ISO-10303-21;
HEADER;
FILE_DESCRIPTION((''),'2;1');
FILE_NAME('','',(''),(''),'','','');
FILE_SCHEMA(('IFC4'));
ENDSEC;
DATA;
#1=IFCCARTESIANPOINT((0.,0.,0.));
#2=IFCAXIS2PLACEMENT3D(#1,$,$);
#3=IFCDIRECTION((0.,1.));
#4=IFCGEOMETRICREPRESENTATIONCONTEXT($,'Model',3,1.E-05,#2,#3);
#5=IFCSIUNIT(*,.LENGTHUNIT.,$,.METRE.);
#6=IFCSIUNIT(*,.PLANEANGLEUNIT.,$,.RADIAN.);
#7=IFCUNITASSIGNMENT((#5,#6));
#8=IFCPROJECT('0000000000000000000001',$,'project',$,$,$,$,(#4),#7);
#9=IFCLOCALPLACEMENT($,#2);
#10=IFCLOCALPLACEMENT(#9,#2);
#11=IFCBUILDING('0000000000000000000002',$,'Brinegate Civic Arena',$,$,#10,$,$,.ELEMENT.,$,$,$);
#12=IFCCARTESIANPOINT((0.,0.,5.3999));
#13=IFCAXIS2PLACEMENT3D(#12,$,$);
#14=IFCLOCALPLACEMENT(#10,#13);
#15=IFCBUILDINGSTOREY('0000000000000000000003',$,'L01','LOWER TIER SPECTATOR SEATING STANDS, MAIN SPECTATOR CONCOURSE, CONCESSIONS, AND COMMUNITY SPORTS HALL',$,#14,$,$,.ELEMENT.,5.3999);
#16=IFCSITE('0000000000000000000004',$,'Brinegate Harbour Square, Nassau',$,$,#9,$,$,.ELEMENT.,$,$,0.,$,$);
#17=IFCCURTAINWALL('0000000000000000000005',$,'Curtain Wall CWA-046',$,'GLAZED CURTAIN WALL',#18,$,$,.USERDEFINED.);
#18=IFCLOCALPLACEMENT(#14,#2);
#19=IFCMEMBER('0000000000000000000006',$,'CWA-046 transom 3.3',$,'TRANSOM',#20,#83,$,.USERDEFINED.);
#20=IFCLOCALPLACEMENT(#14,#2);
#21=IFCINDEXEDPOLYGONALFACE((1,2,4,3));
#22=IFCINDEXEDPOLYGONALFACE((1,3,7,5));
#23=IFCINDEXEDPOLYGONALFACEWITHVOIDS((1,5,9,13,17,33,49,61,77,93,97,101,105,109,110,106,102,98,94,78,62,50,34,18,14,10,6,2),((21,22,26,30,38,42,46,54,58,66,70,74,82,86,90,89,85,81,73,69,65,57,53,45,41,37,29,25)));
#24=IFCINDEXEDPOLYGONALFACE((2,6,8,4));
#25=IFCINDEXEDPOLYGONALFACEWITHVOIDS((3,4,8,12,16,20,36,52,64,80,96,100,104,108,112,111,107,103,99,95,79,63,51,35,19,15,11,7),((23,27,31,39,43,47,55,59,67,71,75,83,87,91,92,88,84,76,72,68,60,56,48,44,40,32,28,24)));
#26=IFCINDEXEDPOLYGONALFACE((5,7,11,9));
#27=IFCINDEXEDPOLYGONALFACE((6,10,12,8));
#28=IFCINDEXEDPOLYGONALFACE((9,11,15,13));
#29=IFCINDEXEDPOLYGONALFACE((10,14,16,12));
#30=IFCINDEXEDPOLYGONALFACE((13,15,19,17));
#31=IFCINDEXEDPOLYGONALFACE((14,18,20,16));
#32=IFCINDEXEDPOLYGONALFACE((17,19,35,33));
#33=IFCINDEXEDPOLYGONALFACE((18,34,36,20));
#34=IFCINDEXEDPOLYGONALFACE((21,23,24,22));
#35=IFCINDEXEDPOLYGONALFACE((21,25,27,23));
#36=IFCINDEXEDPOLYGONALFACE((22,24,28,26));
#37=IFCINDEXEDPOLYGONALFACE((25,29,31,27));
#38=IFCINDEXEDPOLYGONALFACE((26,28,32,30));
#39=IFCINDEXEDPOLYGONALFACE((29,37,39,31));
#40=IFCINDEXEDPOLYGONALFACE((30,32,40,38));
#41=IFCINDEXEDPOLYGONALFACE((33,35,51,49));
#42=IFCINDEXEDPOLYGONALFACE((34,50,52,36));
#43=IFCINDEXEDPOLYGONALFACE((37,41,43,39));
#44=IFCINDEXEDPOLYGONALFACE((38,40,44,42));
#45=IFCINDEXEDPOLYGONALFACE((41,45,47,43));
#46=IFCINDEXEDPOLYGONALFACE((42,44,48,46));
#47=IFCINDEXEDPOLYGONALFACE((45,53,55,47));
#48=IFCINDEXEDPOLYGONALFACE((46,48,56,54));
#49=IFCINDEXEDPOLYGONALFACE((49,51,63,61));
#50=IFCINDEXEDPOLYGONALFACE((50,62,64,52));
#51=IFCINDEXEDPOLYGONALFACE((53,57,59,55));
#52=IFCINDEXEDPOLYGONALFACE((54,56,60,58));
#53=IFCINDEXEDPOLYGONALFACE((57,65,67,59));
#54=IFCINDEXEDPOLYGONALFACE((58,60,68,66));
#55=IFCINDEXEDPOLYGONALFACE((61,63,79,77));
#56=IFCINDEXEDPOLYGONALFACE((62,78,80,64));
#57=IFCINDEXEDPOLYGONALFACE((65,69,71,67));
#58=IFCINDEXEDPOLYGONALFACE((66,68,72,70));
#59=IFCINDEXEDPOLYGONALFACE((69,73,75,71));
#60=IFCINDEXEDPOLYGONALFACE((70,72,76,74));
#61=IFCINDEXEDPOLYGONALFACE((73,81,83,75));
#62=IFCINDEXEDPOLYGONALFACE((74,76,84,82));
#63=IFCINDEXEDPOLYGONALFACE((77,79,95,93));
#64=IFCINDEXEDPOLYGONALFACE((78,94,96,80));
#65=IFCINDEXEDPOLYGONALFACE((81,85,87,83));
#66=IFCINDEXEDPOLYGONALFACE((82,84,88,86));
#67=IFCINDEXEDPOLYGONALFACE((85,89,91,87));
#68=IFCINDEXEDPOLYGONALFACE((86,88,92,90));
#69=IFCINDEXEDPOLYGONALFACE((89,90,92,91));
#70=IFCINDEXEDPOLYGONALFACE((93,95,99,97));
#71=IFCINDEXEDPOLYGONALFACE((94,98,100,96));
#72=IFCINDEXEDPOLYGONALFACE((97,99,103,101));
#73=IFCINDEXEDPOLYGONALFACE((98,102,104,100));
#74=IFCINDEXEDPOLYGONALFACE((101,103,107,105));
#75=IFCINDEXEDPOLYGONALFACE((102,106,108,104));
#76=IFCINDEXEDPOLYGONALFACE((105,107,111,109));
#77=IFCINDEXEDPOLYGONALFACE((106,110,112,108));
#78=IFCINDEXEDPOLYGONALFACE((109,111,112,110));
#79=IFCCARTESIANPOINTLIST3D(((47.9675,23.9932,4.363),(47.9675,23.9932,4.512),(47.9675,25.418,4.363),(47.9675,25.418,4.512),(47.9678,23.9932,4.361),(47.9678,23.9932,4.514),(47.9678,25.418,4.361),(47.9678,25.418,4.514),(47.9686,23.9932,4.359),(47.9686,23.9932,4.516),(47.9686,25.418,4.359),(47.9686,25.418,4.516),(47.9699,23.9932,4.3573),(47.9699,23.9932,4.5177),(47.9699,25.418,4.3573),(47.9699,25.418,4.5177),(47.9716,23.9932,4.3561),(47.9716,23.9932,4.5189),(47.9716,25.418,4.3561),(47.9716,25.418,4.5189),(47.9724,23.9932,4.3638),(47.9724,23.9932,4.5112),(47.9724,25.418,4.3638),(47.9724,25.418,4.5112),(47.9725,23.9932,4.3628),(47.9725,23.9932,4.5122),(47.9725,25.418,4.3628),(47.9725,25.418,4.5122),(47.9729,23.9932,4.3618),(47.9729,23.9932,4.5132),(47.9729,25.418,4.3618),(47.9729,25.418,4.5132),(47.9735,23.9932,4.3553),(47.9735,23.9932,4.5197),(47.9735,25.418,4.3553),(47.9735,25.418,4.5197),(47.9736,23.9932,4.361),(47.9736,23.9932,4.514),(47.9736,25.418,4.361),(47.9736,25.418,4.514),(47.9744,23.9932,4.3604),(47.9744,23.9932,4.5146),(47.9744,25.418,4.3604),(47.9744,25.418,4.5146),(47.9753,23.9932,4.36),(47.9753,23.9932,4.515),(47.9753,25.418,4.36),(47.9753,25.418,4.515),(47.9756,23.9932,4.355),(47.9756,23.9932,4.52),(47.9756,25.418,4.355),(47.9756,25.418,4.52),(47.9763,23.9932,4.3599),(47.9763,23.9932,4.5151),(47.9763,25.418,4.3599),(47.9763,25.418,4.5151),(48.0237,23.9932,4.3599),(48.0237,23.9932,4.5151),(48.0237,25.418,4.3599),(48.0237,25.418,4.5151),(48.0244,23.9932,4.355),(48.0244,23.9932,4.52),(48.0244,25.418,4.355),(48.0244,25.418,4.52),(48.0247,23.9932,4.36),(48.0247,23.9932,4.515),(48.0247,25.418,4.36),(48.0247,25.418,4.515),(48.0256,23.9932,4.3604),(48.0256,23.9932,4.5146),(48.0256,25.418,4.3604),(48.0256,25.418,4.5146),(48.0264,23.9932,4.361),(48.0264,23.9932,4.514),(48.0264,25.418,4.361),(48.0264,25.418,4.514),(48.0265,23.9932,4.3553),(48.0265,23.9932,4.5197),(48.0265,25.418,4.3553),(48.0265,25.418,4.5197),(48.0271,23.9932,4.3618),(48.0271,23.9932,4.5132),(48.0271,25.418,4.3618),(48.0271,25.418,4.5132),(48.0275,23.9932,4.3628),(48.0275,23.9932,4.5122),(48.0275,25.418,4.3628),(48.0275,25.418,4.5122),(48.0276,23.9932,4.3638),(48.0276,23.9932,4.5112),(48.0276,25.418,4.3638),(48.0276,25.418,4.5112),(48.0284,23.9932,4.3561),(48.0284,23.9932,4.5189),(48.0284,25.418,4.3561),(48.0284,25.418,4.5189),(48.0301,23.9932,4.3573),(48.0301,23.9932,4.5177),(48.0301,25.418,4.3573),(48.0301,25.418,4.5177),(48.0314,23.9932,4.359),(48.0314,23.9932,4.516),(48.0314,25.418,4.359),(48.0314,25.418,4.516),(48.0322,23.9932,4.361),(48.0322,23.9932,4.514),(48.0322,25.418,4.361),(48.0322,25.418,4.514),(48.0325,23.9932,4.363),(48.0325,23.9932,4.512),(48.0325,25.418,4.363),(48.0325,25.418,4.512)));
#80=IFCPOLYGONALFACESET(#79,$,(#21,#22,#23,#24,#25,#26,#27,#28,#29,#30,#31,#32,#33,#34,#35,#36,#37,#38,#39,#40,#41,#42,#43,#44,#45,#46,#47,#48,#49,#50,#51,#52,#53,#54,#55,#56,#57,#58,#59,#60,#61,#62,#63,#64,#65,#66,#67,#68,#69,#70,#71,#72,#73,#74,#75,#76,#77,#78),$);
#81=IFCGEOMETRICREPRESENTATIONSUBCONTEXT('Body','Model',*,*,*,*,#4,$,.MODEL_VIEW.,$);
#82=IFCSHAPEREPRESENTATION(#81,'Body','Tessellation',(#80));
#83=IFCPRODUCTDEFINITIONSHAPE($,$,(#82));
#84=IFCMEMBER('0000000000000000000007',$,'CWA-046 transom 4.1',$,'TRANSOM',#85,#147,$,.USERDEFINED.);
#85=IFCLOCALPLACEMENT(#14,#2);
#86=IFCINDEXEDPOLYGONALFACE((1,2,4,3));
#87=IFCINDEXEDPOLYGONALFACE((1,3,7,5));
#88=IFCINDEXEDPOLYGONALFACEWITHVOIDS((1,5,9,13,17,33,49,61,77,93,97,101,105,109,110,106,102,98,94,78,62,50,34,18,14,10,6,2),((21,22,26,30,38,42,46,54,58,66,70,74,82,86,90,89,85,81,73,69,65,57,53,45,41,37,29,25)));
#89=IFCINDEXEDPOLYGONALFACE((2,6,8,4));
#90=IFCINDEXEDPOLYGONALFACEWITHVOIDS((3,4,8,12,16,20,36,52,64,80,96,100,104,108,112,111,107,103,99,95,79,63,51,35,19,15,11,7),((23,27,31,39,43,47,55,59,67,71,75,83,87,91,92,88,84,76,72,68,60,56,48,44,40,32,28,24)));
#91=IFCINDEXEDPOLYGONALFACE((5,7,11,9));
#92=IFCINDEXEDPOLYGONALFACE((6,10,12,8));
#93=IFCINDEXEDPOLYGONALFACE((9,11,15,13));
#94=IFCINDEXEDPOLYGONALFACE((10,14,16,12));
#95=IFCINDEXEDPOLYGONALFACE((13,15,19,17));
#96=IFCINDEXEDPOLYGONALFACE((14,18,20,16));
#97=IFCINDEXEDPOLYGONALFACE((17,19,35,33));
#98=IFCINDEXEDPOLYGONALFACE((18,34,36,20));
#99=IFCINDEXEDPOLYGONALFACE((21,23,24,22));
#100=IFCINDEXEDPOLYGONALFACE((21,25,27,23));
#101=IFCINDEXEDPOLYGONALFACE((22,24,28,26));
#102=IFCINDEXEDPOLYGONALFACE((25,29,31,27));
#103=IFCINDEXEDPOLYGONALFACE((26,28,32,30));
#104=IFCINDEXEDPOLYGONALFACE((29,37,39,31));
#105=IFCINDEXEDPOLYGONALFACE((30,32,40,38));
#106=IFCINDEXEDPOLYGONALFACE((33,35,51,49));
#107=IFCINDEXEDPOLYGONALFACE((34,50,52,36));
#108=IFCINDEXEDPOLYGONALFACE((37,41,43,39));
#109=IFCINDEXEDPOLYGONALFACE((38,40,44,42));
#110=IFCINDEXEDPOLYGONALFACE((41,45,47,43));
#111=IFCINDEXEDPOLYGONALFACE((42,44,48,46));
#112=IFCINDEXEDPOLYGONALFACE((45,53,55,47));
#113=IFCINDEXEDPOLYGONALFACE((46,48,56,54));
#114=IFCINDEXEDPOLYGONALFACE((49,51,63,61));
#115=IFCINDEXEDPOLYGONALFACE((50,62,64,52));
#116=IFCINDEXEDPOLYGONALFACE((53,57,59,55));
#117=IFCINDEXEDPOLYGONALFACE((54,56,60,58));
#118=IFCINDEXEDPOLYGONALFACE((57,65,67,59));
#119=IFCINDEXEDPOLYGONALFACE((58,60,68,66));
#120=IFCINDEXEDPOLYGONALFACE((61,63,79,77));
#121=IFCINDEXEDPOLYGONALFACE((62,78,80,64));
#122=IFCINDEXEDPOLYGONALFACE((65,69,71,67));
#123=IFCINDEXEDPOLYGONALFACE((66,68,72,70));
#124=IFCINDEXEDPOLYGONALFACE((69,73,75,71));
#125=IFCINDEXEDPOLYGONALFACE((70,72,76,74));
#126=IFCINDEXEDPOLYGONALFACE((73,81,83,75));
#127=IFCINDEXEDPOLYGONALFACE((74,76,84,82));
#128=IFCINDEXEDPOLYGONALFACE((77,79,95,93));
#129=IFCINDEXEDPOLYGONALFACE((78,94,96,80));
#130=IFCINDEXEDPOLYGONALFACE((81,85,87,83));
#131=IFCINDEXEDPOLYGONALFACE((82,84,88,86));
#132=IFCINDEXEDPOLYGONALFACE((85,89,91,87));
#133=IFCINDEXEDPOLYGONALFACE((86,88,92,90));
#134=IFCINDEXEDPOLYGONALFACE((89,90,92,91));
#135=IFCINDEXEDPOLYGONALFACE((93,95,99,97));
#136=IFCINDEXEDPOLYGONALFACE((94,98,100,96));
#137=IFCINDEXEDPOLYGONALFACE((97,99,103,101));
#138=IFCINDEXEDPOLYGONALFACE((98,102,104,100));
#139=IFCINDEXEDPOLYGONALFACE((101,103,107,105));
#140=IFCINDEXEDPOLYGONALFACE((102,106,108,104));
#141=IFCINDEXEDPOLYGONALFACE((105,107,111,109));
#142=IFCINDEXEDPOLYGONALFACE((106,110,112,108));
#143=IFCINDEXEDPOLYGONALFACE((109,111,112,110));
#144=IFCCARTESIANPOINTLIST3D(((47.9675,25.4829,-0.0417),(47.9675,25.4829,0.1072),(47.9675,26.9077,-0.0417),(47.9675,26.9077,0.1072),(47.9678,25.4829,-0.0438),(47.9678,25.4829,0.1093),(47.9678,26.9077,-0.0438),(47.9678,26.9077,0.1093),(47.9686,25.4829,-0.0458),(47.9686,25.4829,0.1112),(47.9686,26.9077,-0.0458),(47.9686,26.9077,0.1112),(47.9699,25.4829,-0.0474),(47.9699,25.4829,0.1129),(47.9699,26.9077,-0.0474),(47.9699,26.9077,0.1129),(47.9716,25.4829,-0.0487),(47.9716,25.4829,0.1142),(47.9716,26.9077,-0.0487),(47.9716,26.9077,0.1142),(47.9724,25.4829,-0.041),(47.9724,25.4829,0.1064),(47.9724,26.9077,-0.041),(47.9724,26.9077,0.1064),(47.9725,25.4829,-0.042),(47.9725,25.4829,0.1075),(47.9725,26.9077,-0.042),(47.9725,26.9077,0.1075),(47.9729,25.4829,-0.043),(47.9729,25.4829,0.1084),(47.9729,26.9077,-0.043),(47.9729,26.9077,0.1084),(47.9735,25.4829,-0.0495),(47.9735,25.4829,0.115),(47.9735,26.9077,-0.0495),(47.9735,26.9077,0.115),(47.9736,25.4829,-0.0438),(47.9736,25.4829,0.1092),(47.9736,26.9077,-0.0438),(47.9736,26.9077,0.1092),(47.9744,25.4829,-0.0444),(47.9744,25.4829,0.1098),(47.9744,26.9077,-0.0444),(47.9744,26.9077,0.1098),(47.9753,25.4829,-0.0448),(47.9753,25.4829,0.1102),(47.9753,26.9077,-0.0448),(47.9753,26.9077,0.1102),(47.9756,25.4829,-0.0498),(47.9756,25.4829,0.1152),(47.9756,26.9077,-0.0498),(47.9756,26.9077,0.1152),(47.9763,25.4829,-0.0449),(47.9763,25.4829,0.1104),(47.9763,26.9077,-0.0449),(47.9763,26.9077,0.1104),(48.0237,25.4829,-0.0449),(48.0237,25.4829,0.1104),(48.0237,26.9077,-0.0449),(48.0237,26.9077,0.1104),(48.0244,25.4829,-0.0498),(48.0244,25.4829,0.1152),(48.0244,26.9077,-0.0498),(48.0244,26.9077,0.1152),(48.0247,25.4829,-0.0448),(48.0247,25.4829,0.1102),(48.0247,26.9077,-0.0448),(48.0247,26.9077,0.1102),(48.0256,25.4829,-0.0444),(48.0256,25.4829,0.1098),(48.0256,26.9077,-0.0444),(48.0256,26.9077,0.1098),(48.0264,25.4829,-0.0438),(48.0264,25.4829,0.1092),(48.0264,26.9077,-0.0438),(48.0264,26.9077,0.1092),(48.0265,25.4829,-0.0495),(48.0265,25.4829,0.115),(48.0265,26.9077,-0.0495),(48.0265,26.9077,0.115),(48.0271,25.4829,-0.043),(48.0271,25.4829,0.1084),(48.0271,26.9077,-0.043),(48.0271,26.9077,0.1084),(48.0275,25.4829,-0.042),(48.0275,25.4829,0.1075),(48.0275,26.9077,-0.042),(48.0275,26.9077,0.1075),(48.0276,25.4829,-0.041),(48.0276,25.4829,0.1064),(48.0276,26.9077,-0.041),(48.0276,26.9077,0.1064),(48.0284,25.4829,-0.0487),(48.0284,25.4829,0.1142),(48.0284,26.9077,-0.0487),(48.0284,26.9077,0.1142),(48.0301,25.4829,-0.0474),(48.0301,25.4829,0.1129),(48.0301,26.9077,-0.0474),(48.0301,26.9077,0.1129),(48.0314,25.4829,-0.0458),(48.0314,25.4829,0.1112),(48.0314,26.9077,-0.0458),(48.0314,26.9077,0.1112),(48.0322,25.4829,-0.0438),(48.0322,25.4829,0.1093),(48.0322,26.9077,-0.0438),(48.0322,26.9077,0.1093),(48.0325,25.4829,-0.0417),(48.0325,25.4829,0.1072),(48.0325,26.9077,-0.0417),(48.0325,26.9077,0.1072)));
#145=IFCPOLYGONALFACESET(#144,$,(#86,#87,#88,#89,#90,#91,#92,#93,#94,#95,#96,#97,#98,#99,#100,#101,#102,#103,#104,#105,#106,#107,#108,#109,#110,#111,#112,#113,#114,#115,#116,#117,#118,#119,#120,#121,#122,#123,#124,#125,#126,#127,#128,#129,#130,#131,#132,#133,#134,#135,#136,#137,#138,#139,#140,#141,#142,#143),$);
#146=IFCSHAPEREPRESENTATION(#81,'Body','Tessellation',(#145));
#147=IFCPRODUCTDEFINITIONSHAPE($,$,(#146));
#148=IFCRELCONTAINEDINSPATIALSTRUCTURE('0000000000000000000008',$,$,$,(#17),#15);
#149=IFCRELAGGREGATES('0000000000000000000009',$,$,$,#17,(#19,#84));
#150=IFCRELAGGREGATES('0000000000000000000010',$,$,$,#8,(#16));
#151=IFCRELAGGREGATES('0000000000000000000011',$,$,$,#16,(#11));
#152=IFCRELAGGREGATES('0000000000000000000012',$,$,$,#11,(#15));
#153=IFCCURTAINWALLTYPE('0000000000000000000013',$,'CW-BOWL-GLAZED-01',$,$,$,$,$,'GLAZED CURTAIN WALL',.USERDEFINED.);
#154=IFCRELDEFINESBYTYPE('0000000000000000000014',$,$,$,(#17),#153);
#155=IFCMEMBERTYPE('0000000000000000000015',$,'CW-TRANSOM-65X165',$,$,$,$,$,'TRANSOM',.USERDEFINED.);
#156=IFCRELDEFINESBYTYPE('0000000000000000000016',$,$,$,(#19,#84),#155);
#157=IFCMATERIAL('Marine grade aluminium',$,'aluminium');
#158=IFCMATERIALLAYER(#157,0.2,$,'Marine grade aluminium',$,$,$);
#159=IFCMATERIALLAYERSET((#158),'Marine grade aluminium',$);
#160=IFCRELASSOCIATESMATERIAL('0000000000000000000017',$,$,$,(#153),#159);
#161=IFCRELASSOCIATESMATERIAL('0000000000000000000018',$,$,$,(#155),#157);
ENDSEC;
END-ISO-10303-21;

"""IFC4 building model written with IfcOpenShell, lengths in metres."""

from ifc_helpers import new_model, si_unit, direction, frame, origin, origin_2d, place, context, subcontext, project, spatial, hollow_rectangle, extrude, material, layer, layer_set, material_profile, profile_set, type_object, element, aggregate, save


model = new_model("IFC4")

# Units and contexts
model_context = context("Model", 3, precision=1e-05, world=origin(), true_north=direction((0.0, 1.0)))
body_context = subcontext(model_context, "Body", "Model", "MODEL_VIEW")
ifc_project = project(units=[si_unit("LENGTHUNIT", "METRE"), si_unit("PLANEANGLEUNIT", "RADIAN")], contexts=[model_context])

# Site, building, storey
site_placement = place(None, origin())
site = spatial("IfcSite", under=ifc_project, at=site_placement, Name="Brinegate Harbour Square, Nassau", CompositionType="ELEMENT", RefElevation=0.0)
building_placement = place(site_placement, origin())
building = spatial("IfcBuilding", under=site, at=building_placement, Name="Brinegate Civic Arena", CompositionType="ELEMENT")
storey_placement = place(building_placement, frame((0.0, 0.0, 5.3999)))
storey = spatial("IfcBuildingStorey", under=building, at=storey_placement, Name="L01", Description="LOWER TIER SPECTATOR SEATING STANDS, MAIN SPECTATOR CONCOURSE, CONCESSIONS, AND COMMUNITY SPORTS HALL", CompositionType="ELEMENT", Elevation=5.3999)

# Curtain wall, members
ifc_material_1 = material(Name="Marine grade aluminium", Category="aluminium")
ifc_layer_1 = layer(ifc_material_1, 0.2, Name="Marine grade aluminium")
ifc_layer_set_1 = layer_set([ifc_layer_1], Name="Marine grade aluminium")
curtain_wall_type = type_object("IfcCurtainWallType", Name="CW-BOWL-GLAZED-01", ElementType="GLAZED CURTAIN WALL", PredefinedType="USERDEFINED", material=ifc_layer_set_1)
curtain_wall_placement = place(storey_placement, origin())
curtain_wall = element("IfcCurtainWall", 1, at=curtain_wall_placement, inside=storey, type_object=curtain_wall_type, Name="Curtain Wall CWA-046", ObjectType="GLAZED CURTAIN WALL", PredefinedType="USERDEFINED")
ifc_material_profile_1 = material_profile(ifc_material_1, hollow_rectangle(XDim=0.0649, YDim=0.165, WallThickness=0.0049, InnerFilletRadius=0.0039, OuterFilletRadius=0.0081, at=origin_2d()), Name="TRN65X165")
ifc_profile_set_1 = profile_set([ifc_material_profile_1], Name="Marine grade aluminium")
member_type_1 = type_object("IfcMemberType", Name="CW-TRANSOM-65X165", ElementType="TRANSOM", PredefinedType="USERDEFINED", material=ifc_profile_set_1)
member_1_placement = place(storey_placement, frame((48.0, 23.9932, 4.4375), z_axis=(0.0, 1.0, 0.0), x_axis=(-1.0, 0.0, 0.0)))
member_1 = element("IfcMember", 2, at=member_1_placement, type_object=member_type_1, Name="CWA-046 transom 3.3", ObjectType="TRANSOM", PredefinedType="USERDEFINED", context=body_context, shape_type="SweptSolid", body=[
    extrude(hollow_rectangle(XDim=0.0649, YDim=0.165, WallThickness=0.0049, InnerFilletRadius=0.0039, OuterFilletRadius=0.0081, at=origin_2d()), origin(), (0.0, 0.0, 1.0), 1.4248),
])
member_2_placement = place(storey_placement, frame((48.0, 25.4829, 0.0327), z_axis=(0.0, 1.0, 0.0), x_axis=(-1.0, 0.0, 0.0)))
member_2 = element("IfcMember", 3, at=member_2_placement, type_object=member_type_1, Name="CWA-046 transom 4.1", ObjectType="TRANSOM", PredefinedType="USERDEFINED", context=body_context, shape_type="SweptSolid", body=[
    extrude(hollow_rectangle(XDim=0.0649, YDim=0.165, WallThickness=0.0049, InnerFilletRadius=0.0039, OuterFilletRadius=0.0081, at=origin_2d()), origin(), (0.0, 0.0, 1.0), 1.4248),
])

aggregate(curtain_wall, [member_1, member_2])

save(model, "model.ifc")
